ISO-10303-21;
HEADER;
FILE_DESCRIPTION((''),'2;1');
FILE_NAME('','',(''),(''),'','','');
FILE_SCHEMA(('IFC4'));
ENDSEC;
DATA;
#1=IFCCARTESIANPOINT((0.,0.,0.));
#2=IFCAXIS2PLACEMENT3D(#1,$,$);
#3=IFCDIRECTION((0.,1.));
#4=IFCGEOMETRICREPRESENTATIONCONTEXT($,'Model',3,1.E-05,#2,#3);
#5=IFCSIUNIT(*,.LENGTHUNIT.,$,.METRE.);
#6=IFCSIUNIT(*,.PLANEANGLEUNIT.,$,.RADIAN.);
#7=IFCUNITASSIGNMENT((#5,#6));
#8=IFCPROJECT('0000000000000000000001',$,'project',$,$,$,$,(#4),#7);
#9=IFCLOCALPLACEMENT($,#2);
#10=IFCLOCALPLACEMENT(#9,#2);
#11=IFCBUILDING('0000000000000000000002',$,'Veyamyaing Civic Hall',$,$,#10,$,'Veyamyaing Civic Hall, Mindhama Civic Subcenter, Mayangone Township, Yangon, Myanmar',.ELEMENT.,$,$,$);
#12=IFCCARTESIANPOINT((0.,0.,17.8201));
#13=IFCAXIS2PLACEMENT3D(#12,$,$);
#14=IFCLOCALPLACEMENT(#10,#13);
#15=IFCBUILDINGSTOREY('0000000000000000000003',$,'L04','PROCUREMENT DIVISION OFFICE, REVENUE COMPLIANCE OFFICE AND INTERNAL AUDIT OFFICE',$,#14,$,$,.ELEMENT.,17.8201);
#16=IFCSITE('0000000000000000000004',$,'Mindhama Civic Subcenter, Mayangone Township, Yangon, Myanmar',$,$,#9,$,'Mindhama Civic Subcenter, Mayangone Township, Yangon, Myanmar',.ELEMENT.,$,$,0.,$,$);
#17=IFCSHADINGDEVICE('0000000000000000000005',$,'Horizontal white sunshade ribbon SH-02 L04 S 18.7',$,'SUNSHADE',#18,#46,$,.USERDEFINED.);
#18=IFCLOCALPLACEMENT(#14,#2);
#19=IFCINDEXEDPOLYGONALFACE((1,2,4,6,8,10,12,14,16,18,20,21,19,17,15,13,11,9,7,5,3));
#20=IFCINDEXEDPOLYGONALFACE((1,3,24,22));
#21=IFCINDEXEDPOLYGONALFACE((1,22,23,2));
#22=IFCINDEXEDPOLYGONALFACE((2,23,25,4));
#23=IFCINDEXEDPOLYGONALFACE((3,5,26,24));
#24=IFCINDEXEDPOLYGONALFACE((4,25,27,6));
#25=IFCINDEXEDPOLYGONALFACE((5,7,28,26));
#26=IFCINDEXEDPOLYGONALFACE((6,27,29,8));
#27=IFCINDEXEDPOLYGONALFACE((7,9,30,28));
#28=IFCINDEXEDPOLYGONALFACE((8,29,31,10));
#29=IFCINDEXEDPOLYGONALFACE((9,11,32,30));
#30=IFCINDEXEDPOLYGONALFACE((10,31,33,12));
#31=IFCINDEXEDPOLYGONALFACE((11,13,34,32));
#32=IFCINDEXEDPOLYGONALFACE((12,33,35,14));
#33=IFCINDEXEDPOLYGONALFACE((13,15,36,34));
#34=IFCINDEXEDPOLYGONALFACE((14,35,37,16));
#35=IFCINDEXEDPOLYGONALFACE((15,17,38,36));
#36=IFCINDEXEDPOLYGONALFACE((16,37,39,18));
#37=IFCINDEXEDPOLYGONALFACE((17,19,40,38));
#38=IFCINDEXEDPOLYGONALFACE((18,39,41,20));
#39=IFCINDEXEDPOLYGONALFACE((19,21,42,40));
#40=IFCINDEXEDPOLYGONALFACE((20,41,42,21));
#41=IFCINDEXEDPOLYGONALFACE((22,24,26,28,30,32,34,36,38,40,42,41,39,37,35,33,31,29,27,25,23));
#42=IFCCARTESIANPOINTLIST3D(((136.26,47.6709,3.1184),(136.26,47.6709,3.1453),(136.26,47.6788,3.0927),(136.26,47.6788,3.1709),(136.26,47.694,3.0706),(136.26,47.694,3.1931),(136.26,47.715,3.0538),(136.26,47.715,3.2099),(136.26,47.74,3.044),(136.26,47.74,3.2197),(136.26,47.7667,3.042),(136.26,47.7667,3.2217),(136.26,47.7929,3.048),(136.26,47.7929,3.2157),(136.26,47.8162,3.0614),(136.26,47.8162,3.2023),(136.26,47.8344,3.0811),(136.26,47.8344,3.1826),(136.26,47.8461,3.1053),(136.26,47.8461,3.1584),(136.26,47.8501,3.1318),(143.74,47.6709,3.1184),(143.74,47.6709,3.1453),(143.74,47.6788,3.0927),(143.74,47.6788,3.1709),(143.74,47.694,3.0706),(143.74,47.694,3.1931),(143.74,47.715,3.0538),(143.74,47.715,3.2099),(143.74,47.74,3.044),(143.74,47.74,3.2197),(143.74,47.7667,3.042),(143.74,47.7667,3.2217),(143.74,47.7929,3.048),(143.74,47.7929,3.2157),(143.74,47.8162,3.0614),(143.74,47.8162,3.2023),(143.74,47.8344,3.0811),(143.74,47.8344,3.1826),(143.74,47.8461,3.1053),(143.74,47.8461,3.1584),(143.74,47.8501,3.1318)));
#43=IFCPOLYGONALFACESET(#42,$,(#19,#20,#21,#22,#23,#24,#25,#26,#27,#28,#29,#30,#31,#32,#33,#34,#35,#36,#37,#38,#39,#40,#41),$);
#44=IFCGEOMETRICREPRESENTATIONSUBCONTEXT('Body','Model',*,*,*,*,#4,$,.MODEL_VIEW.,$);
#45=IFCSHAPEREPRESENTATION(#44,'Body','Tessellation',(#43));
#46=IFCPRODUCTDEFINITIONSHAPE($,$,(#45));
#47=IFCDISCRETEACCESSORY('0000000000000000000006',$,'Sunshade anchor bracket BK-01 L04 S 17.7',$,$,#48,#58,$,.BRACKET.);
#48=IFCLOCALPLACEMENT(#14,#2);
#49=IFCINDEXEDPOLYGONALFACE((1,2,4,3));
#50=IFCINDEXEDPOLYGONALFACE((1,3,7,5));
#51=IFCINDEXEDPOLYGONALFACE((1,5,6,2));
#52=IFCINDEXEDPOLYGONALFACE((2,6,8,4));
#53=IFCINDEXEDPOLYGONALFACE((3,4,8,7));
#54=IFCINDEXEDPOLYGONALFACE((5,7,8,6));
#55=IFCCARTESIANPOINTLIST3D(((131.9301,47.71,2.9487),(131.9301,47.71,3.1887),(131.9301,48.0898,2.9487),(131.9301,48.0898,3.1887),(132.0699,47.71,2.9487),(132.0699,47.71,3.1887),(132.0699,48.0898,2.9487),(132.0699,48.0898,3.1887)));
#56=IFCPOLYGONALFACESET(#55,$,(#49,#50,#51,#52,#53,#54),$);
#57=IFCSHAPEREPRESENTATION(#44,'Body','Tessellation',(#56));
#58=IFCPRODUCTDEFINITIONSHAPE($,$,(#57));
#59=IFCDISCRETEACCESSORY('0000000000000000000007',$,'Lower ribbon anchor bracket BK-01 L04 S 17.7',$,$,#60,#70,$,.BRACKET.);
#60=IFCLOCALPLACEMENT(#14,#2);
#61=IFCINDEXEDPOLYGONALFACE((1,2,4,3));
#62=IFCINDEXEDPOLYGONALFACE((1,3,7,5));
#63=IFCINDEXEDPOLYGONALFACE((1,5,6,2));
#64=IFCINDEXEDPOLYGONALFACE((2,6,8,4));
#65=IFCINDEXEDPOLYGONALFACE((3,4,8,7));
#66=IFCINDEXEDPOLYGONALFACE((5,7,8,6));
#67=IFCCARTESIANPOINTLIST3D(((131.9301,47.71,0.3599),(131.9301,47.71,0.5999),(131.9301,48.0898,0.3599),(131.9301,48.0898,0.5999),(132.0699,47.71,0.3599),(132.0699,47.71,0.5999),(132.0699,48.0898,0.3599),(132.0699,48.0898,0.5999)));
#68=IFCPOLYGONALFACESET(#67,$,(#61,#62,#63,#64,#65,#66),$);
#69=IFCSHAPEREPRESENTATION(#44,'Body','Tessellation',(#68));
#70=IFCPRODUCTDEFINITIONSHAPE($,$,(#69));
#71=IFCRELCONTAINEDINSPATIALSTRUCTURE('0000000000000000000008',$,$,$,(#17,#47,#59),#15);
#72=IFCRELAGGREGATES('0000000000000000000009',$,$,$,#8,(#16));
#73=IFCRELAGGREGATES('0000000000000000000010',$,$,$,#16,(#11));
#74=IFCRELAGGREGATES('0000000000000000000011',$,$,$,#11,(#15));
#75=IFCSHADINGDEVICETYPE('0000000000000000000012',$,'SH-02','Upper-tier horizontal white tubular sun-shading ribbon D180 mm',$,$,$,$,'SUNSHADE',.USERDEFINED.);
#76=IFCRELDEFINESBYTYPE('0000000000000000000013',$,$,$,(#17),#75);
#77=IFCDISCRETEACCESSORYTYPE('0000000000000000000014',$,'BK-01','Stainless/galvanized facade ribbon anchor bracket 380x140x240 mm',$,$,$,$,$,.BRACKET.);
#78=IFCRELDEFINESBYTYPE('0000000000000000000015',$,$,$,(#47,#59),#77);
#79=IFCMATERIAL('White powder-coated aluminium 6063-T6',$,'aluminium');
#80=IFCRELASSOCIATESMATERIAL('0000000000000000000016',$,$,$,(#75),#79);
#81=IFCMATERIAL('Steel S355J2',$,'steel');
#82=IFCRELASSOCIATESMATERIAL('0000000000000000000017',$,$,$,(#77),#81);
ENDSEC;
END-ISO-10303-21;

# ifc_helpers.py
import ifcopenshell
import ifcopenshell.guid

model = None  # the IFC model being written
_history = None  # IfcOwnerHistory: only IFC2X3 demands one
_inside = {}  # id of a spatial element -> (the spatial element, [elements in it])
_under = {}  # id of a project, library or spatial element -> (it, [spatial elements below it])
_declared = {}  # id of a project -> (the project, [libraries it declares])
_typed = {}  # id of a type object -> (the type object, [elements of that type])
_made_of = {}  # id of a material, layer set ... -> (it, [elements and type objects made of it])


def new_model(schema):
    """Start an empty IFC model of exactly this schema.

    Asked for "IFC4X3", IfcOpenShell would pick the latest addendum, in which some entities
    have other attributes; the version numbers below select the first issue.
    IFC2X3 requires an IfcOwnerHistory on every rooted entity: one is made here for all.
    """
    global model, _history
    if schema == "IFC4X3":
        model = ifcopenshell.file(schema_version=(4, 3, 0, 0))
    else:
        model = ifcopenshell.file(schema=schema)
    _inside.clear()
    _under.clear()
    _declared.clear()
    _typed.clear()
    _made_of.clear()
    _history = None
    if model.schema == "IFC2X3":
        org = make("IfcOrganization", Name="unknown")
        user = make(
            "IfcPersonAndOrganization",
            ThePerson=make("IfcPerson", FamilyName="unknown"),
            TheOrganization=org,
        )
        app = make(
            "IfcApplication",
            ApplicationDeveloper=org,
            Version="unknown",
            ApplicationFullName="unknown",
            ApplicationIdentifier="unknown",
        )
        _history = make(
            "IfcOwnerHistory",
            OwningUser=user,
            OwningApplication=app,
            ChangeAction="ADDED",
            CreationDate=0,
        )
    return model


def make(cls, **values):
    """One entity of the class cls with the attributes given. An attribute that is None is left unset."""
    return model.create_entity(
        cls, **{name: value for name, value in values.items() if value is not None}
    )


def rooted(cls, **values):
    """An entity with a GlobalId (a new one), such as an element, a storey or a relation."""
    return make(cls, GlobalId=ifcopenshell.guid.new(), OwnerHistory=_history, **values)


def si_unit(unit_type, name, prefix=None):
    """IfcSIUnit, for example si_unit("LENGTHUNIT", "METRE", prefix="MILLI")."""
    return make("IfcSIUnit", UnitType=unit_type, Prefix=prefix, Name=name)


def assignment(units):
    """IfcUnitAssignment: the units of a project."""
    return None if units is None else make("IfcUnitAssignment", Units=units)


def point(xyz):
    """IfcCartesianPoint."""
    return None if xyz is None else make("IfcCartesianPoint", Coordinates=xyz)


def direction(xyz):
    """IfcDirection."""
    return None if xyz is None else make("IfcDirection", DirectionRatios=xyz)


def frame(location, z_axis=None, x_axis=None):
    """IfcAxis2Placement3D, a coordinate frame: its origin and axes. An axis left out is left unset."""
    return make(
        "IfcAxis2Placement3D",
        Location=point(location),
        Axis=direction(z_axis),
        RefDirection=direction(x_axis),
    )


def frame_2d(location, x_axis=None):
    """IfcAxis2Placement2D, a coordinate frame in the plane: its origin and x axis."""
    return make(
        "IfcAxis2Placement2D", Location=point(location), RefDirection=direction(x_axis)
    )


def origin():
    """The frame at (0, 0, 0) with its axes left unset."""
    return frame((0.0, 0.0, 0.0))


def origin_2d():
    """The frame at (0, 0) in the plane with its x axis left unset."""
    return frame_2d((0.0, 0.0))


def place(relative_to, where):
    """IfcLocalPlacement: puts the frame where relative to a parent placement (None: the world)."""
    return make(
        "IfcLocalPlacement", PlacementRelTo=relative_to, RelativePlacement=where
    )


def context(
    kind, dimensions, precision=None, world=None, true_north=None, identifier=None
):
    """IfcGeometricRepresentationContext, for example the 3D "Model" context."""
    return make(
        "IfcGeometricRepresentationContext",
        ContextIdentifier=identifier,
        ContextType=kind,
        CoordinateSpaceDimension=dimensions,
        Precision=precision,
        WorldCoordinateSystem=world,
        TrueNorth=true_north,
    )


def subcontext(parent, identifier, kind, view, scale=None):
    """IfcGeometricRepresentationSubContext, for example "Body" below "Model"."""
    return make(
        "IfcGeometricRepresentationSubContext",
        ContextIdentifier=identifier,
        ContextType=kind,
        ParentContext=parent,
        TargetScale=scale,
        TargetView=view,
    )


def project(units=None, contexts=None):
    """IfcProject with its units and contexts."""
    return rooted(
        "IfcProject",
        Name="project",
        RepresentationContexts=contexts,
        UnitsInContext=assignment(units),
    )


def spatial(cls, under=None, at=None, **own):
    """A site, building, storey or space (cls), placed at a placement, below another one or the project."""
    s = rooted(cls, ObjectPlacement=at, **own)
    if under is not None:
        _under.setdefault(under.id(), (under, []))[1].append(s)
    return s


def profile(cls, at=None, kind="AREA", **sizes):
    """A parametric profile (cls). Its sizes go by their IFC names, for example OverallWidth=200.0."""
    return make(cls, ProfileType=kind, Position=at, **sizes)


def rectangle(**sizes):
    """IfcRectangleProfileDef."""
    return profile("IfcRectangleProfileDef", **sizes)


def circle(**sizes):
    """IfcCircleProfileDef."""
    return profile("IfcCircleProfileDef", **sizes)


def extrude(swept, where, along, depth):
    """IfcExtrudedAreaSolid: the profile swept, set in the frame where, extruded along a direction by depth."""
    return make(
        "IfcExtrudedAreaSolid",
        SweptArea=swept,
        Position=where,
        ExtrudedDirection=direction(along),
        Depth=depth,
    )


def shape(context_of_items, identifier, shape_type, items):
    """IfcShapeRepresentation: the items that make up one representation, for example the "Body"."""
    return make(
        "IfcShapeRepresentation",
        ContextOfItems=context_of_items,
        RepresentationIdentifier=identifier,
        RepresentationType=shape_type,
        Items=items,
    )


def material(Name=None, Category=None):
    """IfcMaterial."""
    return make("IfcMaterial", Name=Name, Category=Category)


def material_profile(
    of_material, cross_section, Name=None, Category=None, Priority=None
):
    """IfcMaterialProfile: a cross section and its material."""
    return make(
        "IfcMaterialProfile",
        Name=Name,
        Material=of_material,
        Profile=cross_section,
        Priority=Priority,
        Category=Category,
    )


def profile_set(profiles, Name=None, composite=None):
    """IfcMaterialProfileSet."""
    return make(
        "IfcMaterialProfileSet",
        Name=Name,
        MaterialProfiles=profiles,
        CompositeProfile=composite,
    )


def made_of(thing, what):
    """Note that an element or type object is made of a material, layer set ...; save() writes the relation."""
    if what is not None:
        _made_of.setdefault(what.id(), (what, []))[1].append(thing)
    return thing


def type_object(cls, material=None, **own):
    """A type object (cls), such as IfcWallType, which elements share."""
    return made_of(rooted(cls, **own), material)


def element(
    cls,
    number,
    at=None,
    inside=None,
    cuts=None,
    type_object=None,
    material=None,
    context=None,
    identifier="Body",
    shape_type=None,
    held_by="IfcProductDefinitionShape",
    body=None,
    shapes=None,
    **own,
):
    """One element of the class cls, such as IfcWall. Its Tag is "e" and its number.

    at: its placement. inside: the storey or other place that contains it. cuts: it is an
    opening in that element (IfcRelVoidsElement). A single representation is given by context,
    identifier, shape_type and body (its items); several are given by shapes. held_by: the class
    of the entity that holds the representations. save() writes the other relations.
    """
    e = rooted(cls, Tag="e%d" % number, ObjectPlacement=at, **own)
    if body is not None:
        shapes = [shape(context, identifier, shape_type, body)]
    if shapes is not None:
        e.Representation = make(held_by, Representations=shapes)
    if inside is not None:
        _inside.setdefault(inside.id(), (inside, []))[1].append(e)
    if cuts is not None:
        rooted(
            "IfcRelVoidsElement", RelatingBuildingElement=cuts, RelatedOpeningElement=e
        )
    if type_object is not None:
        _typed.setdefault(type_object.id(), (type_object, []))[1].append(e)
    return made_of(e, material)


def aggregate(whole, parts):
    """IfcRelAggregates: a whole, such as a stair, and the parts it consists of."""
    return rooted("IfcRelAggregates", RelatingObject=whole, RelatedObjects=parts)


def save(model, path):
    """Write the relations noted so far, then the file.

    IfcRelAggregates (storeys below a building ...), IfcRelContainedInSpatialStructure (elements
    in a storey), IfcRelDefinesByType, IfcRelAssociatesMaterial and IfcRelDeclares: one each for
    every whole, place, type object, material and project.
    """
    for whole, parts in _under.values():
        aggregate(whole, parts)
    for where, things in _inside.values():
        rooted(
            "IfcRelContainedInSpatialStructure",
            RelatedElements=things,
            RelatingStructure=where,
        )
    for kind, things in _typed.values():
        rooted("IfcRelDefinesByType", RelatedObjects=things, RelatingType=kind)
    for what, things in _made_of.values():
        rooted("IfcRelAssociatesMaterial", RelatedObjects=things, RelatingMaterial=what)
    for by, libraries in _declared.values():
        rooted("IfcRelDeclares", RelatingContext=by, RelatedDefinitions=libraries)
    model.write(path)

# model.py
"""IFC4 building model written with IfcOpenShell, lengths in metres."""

from ifc_helpers import new_model, si_unit, direction, frame, origin, origin_2d, place, context, subcontext, project, spatial, rectangle, circle, extrude, material, material_profile, profile_set, type_object, element, save


model = new_model("IFC4")

# Units and contexts
model_context = context("Model", 3, precision=1e-05, world=origin(), true_north=direction((0.0, 1.0)))
body_context = subcontext(model_context, "Body", "Model", "MODEL_VIEW")
ifc_project = project(units=[si_unit("LENGTHUNIT", "METRE"), si_unit("PLANEANGLEUNIT", "RADIAN")], contexts=[model_context])

# Site, building, storey
site_placement = place(None, origin())
site = spatial("IfcSite", under=ifc_project, at=site_placement, Name="Mindhama Civic Subcenter, Mayangone Township, Yangon, Myanmar", LongName="Mindhama Civic Subcenter, Mayangone Township, Yangon, Myanmar", CompositionType="ELEMENT", RefElevation=0.0)
building_placement = place(site_placement, origin())
building = spatial("IfcBuilding", under=site, at=building_placement, Name="Veyamyaing Civic Hall", LongName="Veyamyaing Civic Hall, Mindhama Civic Subcenter, Mayangone Township, Yangon, Myanmar", CompositionType="ELEMENT")
storey_placement = place(building_placement, frame((0.0, 0.0, 17.8201)))
storey = spatial("IfcBuildingStorey", under=building, at=storey_placement, Name="L04", Description="PROCUREMENT DIVISION OFFICE, REVENUE COMPLIANCE OFFICE AND INTERNAL AUDIT OFFICE", CompositionType="ELEMENT", Elevation=17.8201)

# Shared definitions
ifc_material_1 = material(Name="White powder-coated aluminium 6063-T6", Category="aluminium")

# Shading device
ifc_material_profile_1 = material_profile(ifc_material_1, circle(Radius=0.0901, at=origin_2d()), Name="SHADE-TUBE-180")
ifc_profile_set_1 = profile_set([ifc_material_profile_1], Name="White powder-coated aluminium 6063-T6")
shading_device_type = type_object("IfcShadingDeviceType", Name="SH-02", Description="Upper-tier horizontal white tubular sun-shading ribbon D180 mm", ElementType="SUNSHADE", PredefinedType="USERDEFINED", material=ifc_profile_set_1)
shading_device_placement = place(storey_placement, frame((136.26, 47.76, 3.1318), z_axis=(1.0, 0.0, 0.0), x_axis=(0.0, 1.0, 0.0)))
element("IfcShadingDevice", 1, at=shading_device_placement, inside=storey, type_object=shading_device_type, Name="Horizontal white sunshade ribbon SH-02 L04 S 18.7", ObjectType="SUNSHADE", PredefinedType="USERDEFINED", context=body_context, shape_type="SweptSolid", body=[
    extrude(circle(Radius=0.0901, at=origin_2d()), origin(), (0.0, 0.0, 1.0), 7.48),
])

# Discrete accessories
ifc_material_2 = material(Name="Steel S355J2", Category="steel")
discrete_accessory_type = type_object("IfcDiscreteAccessoryType", Name="BK-01", Description="Stainless/galvanized facade ribbon anchor bracket 380x140x240 mm", PredefinedType="BRACKET", material=ifc_material_2)
for number, where, z_axis, x_axis, name in (
    (2, (132.0, 47.8999, 2.9487), (0.0, 0.0, 1.0), (0.0, -1.0, 0.0), "Sunshade anchor bracket BK-01 L04 S 17.7"),
    (3, (132.0, 47.8999, 0.3599), (0.0, 0.0, 1.0), (0.0, -1.0, 0.0), "Lower ribbon anchor bracket BK-01 L04 S 17.7"),
):
    element("IfcDiscreteAccessory", number, at=place(storey_placement, frame(where, z_axis=z_axis, x_axis=x_axis)), inside=storey, type_object=discrete_accessory_type, Name=name, PredefinedType="BRACKET", context=body_context, shape_type="SweptSolid", body=[
        extrude(rectangle(XDim=0.3799, YDim=0.1399, at=origin_2d()), origin(), (0.0, 0.0, 1.0), 0.24),
    ])

save(model, "model.ifc")
